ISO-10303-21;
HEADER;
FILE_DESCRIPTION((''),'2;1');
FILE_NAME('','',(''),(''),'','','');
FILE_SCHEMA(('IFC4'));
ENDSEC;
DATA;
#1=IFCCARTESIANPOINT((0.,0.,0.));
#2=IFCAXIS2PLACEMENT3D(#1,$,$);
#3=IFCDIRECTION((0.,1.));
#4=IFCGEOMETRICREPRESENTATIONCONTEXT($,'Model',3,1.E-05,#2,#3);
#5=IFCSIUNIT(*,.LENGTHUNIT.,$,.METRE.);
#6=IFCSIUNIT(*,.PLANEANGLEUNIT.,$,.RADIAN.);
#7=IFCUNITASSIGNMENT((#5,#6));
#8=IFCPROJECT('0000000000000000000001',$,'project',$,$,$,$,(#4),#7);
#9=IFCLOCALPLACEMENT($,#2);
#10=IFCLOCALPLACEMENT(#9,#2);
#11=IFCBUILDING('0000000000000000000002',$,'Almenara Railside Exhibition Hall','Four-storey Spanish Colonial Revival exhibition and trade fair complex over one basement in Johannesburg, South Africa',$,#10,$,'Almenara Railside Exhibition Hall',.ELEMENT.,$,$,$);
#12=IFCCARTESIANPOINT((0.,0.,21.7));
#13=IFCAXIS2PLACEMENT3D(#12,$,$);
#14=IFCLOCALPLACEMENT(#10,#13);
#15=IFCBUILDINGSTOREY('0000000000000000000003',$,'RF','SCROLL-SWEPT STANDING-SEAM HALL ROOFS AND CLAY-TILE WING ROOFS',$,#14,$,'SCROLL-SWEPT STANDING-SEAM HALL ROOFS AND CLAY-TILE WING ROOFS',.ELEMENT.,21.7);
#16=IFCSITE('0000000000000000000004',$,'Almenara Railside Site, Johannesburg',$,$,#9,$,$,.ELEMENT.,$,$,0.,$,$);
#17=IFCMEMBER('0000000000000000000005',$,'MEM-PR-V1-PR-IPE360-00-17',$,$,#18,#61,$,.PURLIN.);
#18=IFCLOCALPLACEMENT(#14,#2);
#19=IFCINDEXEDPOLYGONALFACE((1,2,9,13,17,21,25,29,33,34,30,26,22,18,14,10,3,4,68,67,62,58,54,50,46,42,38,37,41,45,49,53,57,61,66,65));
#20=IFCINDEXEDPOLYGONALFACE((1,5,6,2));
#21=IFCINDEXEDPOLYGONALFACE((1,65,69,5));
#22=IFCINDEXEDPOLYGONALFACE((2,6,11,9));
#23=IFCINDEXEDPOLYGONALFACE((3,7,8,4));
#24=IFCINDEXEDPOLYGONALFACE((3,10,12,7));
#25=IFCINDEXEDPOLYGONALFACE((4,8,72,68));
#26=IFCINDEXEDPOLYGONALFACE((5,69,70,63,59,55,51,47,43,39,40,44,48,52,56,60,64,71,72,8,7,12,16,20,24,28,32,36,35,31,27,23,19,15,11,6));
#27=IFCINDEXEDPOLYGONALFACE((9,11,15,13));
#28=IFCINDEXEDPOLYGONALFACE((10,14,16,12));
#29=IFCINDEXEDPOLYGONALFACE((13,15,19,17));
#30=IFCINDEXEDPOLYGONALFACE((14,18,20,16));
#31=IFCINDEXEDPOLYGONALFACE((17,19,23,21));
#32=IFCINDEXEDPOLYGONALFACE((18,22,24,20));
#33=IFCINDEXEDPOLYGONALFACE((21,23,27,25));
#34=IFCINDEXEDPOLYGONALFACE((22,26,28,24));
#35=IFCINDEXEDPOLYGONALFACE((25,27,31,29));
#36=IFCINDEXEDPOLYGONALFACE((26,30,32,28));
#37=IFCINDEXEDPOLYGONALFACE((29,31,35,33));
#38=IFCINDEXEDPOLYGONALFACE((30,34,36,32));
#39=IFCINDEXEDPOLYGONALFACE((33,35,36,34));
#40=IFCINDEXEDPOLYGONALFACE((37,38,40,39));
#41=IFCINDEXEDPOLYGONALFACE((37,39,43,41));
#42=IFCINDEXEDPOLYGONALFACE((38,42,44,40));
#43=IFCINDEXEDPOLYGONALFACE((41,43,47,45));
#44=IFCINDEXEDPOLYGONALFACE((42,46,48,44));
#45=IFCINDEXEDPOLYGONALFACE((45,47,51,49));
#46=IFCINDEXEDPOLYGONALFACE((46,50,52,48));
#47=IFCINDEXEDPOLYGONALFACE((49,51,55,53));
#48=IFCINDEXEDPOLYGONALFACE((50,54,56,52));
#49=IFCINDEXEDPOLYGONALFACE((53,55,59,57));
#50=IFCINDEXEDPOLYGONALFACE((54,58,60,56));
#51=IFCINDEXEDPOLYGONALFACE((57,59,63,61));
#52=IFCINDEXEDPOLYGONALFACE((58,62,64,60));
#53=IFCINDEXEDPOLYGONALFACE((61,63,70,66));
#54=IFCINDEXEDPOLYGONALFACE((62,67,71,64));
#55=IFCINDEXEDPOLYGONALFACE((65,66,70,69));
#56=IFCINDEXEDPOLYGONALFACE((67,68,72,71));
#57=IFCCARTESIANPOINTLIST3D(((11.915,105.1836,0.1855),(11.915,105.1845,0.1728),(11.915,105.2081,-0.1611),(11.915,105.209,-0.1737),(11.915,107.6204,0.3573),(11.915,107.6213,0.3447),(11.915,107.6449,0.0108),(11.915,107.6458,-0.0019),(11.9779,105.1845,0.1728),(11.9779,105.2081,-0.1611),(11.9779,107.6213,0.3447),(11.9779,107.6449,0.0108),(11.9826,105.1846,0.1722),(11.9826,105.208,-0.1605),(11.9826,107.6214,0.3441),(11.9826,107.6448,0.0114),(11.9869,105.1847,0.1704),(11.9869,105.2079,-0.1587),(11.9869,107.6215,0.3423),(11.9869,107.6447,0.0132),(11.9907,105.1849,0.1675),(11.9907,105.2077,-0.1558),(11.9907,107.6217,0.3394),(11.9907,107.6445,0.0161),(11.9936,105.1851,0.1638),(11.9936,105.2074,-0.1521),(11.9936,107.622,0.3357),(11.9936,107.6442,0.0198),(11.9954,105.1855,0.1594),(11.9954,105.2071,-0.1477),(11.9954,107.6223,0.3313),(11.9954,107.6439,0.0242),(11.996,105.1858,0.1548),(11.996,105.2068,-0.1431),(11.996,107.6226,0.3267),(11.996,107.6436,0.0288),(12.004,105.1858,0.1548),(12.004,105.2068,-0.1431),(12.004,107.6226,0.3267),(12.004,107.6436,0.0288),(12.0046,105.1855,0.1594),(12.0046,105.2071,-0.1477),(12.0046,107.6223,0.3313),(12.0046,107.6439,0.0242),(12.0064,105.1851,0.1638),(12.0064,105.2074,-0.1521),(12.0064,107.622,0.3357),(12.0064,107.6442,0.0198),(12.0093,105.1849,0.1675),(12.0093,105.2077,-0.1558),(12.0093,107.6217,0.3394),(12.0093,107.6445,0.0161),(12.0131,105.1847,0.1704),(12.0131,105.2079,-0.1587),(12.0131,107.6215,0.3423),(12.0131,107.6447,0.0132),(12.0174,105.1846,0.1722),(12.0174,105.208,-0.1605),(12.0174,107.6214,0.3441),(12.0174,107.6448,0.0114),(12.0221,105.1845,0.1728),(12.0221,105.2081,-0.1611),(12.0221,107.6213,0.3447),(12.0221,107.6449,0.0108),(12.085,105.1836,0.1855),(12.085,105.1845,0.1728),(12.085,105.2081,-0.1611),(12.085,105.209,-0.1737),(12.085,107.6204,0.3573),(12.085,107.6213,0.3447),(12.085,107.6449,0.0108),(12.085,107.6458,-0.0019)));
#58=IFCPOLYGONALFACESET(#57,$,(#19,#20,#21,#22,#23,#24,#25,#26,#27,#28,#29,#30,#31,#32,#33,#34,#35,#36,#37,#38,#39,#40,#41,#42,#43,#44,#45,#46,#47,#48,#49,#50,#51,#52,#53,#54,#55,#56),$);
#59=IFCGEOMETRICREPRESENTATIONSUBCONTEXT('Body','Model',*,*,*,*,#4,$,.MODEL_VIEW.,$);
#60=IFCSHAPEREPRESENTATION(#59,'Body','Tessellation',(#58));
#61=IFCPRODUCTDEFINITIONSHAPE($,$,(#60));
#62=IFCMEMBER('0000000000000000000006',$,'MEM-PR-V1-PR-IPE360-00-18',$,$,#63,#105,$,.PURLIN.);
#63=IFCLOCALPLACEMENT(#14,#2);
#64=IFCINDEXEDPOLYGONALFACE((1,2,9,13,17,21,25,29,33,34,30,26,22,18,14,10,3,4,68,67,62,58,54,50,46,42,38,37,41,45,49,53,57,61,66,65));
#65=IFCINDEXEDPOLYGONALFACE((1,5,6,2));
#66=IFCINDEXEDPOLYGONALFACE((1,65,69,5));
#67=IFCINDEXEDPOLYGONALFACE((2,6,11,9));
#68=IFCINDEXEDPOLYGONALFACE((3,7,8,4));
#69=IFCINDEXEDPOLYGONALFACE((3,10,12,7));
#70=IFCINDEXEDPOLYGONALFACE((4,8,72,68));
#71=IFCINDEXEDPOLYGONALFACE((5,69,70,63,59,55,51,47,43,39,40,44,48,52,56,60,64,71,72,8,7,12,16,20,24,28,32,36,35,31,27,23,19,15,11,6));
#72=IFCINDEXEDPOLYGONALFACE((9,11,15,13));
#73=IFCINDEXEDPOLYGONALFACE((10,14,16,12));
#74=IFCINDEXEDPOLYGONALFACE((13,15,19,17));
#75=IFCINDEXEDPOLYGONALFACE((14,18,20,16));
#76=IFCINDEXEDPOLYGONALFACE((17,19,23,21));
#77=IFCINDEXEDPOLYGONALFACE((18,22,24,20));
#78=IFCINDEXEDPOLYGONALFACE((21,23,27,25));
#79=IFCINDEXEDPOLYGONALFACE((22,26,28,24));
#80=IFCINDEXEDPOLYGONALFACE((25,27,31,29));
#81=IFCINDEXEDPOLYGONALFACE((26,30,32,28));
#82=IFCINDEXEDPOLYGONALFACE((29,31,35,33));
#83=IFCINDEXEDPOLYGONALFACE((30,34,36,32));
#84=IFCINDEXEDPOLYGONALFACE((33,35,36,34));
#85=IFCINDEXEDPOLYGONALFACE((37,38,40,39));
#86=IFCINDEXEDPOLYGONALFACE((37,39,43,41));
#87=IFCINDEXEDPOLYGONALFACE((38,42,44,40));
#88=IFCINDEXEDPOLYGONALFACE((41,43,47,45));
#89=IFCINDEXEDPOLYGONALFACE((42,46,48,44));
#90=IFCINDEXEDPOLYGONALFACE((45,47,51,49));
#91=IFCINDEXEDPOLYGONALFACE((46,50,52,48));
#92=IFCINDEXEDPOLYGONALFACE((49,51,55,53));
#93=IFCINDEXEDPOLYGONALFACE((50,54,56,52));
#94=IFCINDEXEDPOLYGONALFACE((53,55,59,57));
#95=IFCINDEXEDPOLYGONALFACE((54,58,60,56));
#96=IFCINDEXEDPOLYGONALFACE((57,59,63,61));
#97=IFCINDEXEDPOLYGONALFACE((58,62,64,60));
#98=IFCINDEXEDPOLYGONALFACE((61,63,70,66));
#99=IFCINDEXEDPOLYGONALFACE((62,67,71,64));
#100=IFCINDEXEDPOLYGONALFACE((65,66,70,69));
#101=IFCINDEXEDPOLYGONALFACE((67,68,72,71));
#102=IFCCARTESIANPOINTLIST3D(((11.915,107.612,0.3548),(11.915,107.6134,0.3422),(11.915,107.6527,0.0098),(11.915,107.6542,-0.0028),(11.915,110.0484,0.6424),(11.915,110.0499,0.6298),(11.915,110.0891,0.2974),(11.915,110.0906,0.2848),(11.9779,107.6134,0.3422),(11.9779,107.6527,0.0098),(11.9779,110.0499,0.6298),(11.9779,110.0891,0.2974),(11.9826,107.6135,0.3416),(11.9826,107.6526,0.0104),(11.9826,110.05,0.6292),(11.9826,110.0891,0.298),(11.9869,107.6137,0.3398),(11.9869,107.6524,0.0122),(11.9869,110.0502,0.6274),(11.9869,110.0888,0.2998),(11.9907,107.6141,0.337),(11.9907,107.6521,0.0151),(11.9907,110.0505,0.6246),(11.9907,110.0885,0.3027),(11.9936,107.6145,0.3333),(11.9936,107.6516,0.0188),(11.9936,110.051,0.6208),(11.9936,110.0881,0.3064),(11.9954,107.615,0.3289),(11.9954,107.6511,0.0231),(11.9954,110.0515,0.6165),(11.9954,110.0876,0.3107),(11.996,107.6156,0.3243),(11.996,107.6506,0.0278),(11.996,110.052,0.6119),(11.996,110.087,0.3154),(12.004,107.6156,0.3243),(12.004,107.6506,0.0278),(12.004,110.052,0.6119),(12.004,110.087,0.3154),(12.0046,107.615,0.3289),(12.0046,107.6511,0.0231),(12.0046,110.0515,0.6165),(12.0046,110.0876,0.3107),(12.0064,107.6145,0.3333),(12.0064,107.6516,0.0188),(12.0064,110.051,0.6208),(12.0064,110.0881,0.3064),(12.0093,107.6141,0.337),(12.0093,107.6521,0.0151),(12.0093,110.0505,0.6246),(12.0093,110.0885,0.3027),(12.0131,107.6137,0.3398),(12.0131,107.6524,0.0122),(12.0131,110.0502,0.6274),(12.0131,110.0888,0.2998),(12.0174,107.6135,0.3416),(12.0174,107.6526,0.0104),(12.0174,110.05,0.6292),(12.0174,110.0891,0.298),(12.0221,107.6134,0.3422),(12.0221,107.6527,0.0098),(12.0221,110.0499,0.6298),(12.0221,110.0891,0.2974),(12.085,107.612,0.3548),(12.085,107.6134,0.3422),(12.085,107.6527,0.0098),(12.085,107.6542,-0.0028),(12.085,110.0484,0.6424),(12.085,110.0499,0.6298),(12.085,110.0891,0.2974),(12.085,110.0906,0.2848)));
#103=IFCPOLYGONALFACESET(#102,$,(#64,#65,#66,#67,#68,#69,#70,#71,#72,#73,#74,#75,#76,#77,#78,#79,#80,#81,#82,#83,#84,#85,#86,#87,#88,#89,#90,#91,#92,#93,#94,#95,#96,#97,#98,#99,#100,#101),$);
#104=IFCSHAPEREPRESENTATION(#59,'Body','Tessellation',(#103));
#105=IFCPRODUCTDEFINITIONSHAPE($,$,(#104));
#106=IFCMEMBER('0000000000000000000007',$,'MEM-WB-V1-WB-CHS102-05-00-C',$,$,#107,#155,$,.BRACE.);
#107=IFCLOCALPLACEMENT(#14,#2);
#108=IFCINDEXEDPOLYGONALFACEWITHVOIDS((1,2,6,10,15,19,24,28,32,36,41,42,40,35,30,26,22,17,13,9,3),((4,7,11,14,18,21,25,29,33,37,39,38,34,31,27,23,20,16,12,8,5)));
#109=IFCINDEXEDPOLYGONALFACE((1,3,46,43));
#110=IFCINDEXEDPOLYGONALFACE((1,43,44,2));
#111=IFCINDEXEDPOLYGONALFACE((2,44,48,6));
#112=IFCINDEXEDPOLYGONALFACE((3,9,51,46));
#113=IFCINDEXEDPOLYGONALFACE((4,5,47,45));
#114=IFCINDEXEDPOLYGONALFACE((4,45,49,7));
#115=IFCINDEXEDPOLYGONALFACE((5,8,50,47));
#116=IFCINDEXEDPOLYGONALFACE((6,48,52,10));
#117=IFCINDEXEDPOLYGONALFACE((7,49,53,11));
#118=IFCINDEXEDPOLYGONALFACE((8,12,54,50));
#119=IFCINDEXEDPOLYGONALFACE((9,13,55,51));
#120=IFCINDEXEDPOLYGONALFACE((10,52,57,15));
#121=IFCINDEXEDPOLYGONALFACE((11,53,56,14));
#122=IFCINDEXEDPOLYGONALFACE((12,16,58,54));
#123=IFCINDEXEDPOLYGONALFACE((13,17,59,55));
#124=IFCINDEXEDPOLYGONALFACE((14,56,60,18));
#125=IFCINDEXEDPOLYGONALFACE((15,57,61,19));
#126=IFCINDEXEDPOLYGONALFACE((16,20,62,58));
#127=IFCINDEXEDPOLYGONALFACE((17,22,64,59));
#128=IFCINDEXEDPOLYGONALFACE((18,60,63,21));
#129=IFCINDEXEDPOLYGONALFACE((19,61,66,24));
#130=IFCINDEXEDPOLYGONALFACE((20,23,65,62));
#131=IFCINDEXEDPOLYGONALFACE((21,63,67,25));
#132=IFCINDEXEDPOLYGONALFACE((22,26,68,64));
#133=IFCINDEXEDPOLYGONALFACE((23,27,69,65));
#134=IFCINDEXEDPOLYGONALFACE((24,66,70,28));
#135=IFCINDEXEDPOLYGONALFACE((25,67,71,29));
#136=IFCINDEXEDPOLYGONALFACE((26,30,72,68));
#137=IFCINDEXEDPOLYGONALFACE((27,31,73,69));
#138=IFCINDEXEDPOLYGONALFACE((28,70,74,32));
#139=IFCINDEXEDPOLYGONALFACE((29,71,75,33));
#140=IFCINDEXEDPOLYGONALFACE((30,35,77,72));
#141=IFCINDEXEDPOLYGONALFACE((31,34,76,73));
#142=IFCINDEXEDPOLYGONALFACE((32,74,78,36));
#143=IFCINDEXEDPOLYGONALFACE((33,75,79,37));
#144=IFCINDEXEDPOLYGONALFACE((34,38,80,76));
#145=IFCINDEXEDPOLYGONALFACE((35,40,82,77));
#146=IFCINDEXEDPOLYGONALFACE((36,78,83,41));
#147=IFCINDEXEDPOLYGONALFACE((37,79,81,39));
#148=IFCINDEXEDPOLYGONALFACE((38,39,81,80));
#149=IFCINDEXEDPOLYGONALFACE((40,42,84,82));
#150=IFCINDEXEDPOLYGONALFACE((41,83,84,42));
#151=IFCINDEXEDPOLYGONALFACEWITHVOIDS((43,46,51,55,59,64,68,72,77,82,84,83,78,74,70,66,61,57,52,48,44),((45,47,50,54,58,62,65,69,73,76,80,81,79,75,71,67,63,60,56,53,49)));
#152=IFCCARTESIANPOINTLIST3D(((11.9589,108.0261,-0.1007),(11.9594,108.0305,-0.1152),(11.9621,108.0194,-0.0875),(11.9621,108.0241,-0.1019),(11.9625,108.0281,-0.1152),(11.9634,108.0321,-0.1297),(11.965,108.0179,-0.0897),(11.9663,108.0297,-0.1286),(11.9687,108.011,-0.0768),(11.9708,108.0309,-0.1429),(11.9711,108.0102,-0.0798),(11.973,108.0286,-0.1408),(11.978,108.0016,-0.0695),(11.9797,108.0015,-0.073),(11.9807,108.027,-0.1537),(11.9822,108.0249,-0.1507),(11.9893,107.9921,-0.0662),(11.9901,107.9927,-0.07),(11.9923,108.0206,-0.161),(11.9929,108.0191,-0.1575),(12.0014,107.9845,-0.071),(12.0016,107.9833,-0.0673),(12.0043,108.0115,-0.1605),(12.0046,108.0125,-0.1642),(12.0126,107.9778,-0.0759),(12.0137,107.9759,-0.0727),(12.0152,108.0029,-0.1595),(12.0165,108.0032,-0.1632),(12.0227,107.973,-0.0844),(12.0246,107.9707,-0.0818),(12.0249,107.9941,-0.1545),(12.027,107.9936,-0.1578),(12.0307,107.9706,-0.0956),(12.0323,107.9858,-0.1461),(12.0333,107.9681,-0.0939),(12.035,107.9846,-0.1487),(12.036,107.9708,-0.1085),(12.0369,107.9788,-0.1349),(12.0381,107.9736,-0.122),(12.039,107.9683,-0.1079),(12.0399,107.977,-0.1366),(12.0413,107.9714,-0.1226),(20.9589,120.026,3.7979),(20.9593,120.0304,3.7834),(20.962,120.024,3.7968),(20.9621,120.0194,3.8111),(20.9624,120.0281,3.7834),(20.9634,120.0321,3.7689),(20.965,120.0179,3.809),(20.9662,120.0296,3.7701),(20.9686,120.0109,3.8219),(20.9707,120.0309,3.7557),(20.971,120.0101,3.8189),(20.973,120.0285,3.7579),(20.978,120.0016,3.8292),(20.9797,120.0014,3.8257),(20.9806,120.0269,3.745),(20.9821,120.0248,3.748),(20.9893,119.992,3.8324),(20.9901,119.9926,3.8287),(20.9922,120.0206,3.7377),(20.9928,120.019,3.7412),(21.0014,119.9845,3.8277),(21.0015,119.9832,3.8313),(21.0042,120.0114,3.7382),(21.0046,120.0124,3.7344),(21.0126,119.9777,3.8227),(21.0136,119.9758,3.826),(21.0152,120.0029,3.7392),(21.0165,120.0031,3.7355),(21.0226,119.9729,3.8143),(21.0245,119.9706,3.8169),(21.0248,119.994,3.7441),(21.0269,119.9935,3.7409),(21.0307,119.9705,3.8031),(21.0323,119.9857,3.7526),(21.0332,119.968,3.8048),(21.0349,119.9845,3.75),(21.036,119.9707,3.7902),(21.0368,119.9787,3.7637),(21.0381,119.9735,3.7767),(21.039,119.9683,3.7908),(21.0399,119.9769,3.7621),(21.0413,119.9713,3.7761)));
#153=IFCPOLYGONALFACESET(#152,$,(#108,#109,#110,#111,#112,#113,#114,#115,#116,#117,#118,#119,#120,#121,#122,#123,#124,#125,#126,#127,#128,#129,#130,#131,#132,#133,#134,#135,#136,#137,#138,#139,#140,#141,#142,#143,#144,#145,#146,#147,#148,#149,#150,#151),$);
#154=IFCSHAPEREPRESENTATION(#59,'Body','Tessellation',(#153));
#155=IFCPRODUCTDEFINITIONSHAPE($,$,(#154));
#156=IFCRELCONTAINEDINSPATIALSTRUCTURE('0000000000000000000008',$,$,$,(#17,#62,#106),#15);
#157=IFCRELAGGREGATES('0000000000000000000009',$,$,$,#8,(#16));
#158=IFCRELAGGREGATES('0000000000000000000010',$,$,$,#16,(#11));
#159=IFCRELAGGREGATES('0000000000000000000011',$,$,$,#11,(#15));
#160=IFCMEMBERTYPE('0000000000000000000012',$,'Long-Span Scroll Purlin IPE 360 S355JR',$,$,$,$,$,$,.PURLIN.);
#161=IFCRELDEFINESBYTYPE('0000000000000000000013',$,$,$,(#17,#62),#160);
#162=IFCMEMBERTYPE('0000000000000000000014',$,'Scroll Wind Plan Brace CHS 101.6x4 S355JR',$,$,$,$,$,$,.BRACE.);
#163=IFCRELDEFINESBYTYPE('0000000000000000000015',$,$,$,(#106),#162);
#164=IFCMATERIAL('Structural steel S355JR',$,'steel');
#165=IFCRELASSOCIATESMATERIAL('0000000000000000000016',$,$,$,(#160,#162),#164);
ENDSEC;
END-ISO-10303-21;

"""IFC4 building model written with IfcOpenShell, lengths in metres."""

from ifc_helpers import new_model, si_unit, direction, frame, origin, origin_2d, place, context, subcontext, project, spatial, hollow_circle, i_section, extrude, material, material_profile, profile_set, type_object, element, save


model = new_model("IFC4")

# Units and contexts
model_context = context("Model", 3, precision=1e-05, world=origin(), true_north=direction((0.0, 1.0)))
body_context = subcontext(model_context, "Body", "Model", "MODEL_VIEW")
ifc_project = project(units=[si_unit("LENGTHUNIT", "METRE"), si_unit("PLANEANGLEUNIT", "RADIAN")], contexts=[model_context])

# Site, building, storey
site_placement = place(None, origin())
site = spatial("IfcSite", under=ifc_project, at=site_placement, Name="Almenara Railside Site, Johannesburg", CompositionType="ELEMENT", RefElevation=0.0)
building_placement = place(site_placement, origin())
building = spatial("IfcBuilding", under=site, at=building_placement, Name="Almenara Railside Exhibition Hall", Description="Four-storey Spanish Colonial Revival exhibition and trade fair complex over one basement in Johannesburg, South Africa", LongName="Almenara Railside Exhibition Hall", CompositionType="ELEMENT")
storey_placement = place(building_placement, frame((0.0, 0.0, 21.7)))
storey = spatial("IfcBuildingStorey", under=building, at=storey_placement, Name="RF", Description="SCROLL-SWEPT STANDING-SEAM HALL ROOFS AND CLAY-TILE WING ROOFS", LongName="SCROLL-SWEPT STANDING-SEAM HALL ROOFS AND CLAY-TILE WING ROOFS", CompositionType="ELEMENT", Elevation=21.7)

# Shared definitions
ifc_material_1 = material(Name="Structural steel S355JR", Category="steel")

# Members
ifc_material_profile_1 = material_profile(ifc_material_1, i_section(OverallWidth=0.1699, OverallDepth=0.3601, WebThickness=0.0081, FlangeThickness=0.0127, FilletRadius=0.0181, at=origin_2d()), Name="IPE 360")
ifc_profile_set_1 = profile_set([ifc_material_profile_1], Name="Structural steel S355JR")
member_type_1 = type_object("IfcMemberType", Name="Long-Span Scroll Purlin IPE 360 S355JR", PredefinedType="PURLIN", material=ifc_profile_set_1)
member_1_placement = place(storey_placement, frame((12.0, 105.1963, 0.0059), z_axis=(0.0, 0.997522, 0.070359), x_axis=(-1.0, 0.0, 0.0)))
element("IfcMember", 1, at=member_1_placement, inside=storey, type_object=member_type_1, Name="MEM-PR-V1-PR-IPE360-00-17", PredefinedType="PURLIN", context=body_context, shape_type="SweptSolid", body=[
    extrude(i_section(OverallWidth=0.1699, OverallDepth=0.3601, WebThickness=0.0081, FlangeThickness=0.0127, FilletRadius=0.0181, at=origin_2d()), origin(), (0.0, 0.0, 1.0), 2.4429),
])
member_2_placement = place(storey_placement, frame((12.0, 107.6331, 0.176), z_axis=(0.0, 0.993106, 0.117222), x_axis=(-1.0, 0.0, 0.0)))
element("IfcMember", 2, at=member_2_placement, inside=storey, type_object=member_type_1, Name="MEM-PR-V1-PR-IPE360-00-18", PredefinedType="PURLIN", context=body_context, shape_type="SweptSolid", body=[
    extrude(i_section(OverallWidth=0.1699, OverallDepth=0.3601, WebThickness=0.0081, FlangeThickness=0.0127, FilletRadius=0.0181, at=origin_2d()), origin(), (0.0, 0.0, 1.0), 2.4534),
])
ifc_material_profile_2 = material_profile(ifc_material_1, hollow_circle(Radius=0.0508, WallThickness=0.0039, at=origin_2d()), Name="CHS 101.6x4")
ifc_profile_set_2 = profile_set([ifc_material_profile_2], Name="Structural steel S355JR")
member_type_2 = type_object("IfcMemberType", Name="Scroll Wind Plan Brace CHS 101.6x4 S355JR", PredefinedType="BRACE", material=ifc_profile_set_2)
member_3_placement = place(storey_placement, frame((12.0, 108.0, -0.1152), z_axis=(0.580706, 0.774275, 0.251554), x_axis=(-0.8, 0.6, 0.0)))
element("IfcMember", 3, at=member_3_placement, inside=storey, type_object=member_type_2, Name="MEM-WB-V1-WB-CHS102-05-00-C", PredefinedType="BRACE", context=body_context, shape_type="SweptSolid", body=[
    extrude(hollow_circle(Radius=0.0508, WallThickness=0.0039, at=origin_2d()), origin(), (0.0, 0.0, 1.0), 15.4983),
])

save(model, "model.ifc")
